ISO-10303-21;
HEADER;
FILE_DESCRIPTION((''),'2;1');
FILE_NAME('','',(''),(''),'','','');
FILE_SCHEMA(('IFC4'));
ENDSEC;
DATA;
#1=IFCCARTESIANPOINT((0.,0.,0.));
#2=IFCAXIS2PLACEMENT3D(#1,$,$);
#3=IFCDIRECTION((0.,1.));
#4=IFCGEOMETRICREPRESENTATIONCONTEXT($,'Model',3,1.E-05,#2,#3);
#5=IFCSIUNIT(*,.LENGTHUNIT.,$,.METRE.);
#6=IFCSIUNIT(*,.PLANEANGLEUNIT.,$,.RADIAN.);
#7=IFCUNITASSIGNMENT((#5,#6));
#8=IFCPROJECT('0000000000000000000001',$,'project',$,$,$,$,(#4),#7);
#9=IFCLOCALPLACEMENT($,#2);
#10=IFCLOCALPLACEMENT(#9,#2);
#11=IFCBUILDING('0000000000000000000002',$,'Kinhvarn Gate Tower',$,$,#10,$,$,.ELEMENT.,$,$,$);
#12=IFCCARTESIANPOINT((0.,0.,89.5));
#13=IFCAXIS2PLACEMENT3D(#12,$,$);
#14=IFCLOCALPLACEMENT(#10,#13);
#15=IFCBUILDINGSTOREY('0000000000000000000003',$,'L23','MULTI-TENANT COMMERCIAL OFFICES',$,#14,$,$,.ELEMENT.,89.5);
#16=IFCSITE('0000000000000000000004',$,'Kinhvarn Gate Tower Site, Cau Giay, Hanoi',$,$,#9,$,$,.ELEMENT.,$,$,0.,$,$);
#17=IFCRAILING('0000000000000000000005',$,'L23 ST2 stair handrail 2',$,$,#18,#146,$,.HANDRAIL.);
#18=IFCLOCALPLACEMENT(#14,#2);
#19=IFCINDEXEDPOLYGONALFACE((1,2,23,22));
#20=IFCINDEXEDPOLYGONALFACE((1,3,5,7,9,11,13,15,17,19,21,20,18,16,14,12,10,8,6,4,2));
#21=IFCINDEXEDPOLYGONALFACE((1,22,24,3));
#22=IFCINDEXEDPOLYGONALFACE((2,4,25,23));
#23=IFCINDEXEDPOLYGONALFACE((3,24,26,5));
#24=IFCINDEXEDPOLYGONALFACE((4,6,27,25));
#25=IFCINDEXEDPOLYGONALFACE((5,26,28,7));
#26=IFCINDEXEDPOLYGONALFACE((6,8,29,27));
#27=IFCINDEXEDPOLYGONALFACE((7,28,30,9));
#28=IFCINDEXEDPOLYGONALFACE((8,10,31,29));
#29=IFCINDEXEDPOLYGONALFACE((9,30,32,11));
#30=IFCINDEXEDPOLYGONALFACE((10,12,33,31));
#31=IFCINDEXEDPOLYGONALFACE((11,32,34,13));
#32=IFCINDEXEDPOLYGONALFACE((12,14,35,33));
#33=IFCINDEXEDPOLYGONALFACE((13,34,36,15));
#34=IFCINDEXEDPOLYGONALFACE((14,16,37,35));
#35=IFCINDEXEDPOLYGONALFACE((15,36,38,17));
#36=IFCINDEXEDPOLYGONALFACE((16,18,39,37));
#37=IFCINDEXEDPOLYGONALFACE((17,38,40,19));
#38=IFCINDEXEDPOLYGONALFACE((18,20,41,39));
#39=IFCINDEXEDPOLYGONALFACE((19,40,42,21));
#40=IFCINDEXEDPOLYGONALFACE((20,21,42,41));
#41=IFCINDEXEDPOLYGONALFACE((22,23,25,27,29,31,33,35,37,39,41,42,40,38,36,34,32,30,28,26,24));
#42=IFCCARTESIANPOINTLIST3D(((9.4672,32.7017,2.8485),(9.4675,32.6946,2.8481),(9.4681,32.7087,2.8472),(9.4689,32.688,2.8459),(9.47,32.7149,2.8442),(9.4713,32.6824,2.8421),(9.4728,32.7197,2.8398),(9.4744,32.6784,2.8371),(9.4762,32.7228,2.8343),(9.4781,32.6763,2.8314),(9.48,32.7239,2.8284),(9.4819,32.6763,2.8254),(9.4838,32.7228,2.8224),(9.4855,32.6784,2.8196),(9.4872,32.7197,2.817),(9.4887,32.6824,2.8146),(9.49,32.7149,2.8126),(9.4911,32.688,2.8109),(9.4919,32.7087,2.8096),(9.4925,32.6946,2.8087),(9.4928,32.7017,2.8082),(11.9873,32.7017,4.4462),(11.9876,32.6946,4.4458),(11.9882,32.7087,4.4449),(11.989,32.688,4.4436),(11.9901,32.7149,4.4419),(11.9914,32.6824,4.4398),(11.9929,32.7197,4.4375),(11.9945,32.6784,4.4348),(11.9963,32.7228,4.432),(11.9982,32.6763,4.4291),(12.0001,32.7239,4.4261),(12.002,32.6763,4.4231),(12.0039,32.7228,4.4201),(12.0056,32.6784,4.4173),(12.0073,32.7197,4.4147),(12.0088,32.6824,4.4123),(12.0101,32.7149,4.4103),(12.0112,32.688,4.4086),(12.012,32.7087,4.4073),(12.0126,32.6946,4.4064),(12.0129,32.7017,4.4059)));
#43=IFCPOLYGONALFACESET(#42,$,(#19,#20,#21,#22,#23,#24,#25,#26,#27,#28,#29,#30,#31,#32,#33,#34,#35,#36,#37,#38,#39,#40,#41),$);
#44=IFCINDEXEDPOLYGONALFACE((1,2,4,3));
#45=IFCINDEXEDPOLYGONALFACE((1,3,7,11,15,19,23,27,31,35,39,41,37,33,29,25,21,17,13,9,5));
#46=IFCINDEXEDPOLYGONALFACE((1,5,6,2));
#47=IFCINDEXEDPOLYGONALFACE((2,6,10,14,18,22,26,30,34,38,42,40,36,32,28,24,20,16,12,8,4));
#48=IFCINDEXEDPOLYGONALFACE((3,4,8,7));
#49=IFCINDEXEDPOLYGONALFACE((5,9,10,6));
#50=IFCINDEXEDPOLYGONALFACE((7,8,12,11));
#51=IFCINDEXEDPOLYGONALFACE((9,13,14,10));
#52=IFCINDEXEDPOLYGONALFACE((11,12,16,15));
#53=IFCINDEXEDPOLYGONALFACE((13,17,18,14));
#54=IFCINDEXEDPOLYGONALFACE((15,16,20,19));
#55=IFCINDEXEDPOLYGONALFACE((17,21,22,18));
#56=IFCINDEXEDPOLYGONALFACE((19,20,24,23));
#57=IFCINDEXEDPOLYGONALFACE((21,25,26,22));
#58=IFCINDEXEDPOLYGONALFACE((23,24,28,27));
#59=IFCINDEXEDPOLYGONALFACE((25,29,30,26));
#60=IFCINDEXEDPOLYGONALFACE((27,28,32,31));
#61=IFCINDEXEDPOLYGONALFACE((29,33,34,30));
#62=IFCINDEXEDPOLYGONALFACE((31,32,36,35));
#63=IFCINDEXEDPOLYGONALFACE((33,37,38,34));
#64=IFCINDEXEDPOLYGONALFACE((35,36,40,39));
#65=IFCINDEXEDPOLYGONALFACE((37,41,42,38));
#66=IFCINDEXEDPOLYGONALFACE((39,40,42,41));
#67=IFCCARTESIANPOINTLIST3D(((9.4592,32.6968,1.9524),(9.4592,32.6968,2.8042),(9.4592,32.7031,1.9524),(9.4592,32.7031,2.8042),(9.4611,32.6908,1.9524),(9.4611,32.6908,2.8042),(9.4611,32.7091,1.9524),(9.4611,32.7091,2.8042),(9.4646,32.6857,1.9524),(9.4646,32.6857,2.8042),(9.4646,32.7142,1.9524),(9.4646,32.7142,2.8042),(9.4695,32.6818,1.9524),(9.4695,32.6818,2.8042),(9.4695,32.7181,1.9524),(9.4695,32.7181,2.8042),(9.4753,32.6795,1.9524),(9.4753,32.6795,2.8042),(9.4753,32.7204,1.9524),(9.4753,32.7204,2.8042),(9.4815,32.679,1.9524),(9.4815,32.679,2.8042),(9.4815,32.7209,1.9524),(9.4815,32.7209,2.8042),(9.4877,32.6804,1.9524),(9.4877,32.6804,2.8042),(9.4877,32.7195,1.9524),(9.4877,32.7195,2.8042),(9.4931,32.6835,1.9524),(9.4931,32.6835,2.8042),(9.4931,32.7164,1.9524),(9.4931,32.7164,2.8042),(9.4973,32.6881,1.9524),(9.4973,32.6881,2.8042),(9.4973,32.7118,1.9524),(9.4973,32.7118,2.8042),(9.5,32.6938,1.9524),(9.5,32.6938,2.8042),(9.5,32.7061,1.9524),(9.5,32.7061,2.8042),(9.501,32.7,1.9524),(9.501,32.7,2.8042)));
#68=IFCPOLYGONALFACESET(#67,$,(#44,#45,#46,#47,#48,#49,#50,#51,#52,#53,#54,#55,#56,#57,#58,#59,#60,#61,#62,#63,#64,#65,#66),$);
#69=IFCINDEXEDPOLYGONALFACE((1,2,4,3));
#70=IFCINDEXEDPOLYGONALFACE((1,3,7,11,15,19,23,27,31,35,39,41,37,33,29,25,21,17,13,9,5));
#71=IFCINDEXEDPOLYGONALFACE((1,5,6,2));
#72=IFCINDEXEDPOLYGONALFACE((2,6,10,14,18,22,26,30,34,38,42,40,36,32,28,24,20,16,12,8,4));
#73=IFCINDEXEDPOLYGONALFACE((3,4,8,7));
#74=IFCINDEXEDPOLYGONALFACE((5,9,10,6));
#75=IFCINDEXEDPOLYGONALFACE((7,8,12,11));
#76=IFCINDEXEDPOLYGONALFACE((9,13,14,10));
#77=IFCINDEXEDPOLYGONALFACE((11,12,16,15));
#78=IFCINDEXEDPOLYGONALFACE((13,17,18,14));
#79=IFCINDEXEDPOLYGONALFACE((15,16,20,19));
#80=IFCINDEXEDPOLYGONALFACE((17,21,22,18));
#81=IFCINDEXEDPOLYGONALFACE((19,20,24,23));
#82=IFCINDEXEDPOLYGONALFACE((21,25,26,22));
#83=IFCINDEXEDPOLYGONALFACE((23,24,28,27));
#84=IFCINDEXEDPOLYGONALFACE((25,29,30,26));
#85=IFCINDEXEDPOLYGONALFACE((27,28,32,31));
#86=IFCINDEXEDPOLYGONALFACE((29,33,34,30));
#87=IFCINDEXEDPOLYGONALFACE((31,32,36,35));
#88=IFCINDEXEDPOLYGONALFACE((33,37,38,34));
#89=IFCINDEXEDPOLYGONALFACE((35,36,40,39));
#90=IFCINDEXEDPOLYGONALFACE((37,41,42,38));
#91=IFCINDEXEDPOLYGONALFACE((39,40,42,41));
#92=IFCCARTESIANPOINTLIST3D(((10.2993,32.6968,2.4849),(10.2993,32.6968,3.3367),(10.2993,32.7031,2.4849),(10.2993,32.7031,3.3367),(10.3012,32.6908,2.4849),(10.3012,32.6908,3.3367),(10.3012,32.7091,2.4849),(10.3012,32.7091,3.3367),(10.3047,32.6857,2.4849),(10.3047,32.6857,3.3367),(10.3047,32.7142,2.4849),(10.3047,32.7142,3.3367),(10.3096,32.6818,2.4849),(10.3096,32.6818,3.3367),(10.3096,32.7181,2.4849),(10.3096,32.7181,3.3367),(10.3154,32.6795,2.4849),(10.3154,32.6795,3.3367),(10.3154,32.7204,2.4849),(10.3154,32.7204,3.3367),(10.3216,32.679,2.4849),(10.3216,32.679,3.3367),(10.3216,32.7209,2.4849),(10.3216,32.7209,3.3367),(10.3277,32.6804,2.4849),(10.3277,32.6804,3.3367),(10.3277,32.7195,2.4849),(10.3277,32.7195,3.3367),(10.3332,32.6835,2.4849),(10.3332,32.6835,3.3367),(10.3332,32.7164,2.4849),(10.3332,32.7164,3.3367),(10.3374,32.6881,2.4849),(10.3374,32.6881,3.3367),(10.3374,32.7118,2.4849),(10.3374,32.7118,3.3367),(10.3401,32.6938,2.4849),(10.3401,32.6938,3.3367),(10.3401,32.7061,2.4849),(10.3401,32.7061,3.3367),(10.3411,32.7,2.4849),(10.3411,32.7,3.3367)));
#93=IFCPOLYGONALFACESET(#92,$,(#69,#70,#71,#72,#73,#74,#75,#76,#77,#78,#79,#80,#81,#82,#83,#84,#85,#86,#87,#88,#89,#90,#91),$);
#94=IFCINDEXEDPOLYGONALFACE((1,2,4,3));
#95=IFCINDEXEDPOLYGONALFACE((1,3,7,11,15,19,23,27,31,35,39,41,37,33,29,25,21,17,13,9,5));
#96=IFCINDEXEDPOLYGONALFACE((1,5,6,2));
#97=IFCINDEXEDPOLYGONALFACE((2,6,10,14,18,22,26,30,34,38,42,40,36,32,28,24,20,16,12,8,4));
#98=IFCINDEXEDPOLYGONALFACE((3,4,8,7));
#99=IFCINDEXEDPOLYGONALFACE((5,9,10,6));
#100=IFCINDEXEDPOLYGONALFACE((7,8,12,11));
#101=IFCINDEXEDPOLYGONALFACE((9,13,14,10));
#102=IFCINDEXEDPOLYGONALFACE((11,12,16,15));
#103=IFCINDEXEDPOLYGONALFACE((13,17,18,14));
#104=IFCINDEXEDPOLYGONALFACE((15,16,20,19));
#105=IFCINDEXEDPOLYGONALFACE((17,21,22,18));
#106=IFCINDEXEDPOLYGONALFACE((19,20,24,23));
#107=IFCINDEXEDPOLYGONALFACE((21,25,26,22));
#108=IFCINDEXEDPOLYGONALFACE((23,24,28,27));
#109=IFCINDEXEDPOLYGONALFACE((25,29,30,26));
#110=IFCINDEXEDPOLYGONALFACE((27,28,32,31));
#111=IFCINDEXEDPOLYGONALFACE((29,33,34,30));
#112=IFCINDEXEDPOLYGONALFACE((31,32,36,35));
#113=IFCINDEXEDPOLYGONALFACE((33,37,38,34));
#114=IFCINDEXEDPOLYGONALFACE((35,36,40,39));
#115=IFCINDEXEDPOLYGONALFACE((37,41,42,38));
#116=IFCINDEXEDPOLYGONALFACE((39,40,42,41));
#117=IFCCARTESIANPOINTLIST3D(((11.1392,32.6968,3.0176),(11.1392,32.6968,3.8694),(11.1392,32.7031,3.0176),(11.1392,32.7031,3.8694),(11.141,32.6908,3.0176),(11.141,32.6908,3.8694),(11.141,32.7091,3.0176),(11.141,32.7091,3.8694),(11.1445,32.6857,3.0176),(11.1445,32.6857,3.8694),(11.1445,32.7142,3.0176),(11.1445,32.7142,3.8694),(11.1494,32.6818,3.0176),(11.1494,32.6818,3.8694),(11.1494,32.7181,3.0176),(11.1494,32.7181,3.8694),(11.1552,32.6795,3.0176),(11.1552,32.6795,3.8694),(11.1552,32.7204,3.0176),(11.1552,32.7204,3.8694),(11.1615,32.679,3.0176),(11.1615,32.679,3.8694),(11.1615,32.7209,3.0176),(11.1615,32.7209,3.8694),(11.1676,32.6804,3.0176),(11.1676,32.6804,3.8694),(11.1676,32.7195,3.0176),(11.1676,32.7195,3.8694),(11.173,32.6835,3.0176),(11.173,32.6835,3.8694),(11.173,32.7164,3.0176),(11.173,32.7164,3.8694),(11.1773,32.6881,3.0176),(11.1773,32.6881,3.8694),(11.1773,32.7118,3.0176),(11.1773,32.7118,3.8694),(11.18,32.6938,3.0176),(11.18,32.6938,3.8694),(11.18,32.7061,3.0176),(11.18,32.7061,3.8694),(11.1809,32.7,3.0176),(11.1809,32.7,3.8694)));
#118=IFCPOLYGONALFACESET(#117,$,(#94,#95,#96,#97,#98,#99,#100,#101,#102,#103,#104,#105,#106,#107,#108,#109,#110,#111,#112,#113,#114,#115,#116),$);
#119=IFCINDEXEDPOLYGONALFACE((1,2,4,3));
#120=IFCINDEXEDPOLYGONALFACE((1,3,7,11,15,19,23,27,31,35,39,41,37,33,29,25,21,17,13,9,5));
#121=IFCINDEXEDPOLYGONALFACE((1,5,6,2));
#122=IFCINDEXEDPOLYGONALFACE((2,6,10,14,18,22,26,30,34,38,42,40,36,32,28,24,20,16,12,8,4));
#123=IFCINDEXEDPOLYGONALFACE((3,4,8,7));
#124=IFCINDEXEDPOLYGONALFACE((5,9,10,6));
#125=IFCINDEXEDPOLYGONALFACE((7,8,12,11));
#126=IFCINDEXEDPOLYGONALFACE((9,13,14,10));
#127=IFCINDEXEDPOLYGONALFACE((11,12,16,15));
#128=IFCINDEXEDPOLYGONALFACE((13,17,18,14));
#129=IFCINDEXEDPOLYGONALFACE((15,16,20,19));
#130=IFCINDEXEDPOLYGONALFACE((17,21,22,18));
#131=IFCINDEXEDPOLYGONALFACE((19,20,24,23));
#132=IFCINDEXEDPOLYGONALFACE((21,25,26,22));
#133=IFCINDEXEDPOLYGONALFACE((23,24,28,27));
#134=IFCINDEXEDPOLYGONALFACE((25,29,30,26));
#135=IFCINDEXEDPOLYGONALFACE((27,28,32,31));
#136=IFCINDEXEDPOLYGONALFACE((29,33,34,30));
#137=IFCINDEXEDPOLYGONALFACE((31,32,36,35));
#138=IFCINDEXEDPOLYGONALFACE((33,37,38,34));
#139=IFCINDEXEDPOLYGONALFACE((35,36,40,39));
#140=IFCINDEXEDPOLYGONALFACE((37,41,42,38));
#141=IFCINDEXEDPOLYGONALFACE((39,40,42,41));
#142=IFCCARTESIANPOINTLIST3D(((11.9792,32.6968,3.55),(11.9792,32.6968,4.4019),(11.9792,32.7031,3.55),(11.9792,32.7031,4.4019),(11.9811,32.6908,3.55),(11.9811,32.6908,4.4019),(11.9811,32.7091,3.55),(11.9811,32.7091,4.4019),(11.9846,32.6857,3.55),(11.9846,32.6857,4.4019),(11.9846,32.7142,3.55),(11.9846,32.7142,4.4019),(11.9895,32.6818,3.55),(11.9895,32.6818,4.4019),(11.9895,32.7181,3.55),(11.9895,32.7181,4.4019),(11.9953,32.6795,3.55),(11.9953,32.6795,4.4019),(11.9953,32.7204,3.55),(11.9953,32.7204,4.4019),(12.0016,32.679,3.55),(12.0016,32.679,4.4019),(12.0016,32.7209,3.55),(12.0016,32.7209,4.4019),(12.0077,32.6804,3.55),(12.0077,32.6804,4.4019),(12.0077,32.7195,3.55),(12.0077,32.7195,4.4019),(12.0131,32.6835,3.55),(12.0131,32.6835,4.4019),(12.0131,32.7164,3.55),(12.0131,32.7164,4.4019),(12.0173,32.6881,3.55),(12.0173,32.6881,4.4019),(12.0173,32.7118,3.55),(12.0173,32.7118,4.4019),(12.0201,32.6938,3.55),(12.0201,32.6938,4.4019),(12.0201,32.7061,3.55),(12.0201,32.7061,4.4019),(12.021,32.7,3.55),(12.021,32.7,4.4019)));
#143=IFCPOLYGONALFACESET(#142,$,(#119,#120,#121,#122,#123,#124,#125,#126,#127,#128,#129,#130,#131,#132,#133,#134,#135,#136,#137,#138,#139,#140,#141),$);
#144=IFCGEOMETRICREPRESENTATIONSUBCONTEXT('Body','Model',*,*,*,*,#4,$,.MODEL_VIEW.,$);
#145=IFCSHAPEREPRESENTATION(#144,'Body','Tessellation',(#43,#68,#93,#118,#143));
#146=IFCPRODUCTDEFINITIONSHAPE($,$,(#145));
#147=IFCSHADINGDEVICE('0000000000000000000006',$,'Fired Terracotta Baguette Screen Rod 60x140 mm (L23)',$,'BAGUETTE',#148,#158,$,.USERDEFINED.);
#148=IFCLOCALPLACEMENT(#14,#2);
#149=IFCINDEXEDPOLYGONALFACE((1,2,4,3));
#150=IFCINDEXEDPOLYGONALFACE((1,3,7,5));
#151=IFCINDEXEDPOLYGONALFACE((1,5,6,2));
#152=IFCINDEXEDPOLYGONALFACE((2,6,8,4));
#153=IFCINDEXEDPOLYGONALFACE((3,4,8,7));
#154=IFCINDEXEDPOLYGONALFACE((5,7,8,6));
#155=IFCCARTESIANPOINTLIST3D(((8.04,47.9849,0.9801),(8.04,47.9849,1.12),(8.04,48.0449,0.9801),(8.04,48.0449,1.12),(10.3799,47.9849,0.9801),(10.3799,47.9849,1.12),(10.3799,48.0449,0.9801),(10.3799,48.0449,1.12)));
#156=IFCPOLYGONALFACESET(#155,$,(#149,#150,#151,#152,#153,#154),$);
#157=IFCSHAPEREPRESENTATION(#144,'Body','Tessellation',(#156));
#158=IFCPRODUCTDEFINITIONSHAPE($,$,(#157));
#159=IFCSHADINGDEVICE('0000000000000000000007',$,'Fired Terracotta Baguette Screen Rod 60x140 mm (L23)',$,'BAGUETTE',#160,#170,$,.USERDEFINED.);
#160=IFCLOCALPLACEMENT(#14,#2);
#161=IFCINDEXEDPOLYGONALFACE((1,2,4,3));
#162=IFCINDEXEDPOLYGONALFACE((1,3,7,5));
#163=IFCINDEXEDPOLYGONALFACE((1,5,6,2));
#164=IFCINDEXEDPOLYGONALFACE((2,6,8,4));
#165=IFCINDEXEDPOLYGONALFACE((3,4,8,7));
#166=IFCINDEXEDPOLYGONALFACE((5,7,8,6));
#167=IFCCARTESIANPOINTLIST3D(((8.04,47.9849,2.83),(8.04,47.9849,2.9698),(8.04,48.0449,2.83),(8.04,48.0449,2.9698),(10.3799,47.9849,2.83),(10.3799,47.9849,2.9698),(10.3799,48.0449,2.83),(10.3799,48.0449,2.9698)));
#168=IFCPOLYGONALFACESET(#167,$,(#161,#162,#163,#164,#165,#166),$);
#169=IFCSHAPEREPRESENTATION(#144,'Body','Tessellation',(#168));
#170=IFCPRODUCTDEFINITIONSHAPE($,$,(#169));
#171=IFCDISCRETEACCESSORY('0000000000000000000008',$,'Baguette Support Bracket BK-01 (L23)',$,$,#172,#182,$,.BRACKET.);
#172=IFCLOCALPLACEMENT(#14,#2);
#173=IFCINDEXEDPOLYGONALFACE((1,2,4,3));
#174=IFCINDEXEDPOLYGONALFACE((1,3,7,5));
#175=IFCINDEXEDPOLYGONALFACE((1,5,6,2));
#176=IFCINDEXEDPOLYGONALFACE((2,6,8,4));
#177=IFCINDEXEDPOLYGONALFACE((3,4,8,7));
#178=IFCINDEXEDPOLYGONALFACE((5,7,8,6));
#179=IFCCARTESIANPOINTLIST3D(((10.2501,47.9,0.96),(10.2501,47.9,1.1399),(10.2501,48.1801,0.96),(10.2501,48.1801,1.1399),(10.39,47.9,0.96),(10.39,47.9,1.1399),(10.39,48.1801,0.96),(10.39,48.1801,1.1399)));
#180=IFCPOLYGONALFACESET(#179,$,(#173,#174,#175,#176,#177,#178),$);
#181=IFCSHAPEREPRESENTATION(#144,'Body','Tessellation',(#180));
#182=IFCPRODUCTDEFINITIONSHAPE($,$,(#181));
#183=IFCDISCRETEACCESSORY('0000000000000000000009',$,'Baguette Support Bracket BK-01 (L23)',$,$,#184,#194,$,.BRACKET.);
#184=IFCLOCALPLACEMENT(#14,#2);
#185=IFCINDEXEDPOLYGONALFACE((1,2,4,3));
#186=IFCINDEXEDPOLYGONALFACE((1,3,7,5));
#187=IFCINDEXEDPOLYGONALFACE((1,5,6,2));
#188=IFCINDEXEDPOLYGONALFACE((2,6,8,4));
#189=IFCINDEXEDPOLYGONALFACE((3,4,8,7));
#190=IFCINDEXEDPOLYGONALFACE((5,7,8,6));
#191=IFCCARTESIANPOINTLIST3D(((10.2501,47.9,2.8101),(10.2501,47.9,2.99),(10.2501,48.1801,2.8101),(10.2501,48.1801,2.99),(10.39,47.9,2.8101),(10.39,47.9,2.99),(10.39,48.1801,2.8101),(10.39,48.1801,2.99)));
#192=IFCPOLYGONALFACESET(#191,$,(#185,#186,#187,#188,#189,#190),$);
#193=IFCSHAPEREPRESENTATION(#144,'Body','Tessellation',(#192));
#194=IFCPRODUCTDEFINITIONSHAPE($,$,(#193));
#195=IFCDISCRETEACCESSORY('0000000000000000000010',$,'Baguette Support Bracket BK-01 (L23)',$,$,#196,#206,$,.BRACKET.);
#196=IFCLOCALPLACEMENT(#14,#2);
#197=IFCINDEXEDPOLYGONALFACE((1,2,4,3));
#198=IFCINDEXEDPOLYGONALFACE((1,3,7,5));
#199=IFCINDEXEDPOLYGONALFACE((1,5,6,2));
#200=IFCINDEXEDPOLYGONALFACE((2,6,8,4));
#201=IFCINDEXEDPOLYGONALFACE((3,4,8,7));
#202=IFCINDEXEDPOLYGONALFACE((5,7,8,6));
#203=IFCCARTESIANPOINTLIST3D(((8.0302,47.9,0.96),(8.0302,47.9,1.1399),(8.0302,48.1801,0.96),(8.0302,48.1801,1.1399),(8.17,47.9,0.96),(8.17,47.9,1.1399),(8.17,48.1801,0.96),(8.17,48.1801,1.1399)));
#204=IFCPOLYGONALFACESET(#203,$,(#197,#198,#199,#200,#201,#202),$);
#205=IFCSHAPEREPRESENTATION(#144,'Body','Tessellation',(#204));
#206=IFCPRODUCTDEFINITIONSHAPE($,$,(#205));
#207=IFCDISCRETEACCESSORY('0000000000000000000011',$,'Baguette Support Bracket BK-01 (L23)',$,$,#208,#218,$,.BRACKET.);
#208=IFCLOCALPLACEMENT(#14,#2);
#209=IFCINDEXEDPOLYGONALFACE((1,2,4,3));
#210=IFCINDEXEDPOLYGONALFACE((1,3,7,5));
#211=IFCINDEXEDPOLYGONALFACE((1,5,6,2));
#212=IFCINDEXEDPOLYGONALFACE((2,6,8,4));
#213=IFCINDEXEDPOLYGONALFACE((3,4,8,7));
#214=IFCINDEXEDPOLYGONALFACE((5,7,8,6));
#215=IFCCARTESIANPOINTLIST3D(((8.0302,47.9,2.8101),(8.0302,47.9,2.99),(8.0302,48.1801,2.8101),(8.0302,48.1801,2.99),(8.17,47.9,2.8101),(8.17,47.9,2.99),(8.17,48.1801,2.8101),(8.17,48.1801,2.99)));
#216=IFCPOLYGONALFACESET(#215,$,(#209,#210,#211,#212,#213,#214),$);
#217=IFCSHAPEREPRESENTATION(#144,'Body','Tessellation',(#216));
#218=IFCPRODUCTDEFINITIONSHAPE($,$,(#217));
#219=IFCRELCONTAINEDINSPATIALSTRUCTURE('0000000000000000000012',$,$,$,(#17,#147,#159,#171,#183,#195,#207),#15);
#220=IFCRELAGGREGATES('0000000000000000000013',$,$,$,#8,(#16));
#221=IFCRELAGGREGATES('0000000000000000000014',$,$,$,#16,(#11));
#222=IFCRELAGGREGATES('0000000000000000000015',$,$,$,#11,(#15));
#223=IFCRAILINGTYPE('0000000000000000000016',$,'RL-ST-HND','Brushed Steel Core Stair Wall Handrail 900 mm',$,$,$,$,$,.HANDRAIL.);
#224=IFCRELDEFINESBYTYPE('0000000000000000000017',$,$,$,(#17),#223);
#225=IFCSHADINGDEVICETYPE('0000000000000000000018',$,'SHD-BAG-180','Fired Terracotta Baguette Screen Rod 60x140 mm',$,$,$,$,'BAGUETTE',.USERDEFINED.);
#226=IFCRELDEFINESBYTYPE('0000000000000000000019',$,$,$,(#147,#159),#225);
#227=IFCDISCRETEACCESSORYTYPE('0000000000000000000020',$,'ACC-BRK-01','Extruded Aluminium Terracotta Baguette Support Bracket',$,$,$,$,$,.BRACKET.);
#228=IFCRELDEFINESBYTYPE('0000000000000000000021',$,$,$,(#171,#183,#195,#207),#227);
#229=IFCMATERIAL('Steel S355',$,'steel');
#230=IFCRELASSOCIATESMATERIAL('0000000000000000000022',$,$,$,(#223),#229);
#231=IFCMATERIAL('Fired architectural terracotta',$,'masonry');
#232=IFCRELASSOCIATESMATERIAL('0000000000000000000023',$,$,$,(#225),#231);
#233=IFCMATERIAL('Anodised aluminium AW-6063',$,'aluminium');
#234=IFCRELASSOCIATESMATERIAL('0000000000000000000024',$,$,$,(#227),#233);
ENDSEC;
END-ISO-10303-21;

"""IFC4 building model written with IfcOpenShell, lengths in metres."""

from ifc_helpers import new_model, si_unit, direction, frame, origin, origin_2d, place, context, subcontext, project, spatial, rectangle, circle, extrude, material, material_profile, profile_set, type_object, element, save


model = new_model("IFC4")

# Units and contexts
model_context = context("Model", 3, precision=1e-05, world=origin(), true_north=direction((0.0, 1.0)))
body_context = subcontext(model_context, "Body", "Model", "MODEL_VIEW")
ifc_project = project(units=[si_unit("LENGTHUNIT", "METRE"), si_unit("PLANEANGLEUNIT", "RADIAN")], contexts=[model_context])

# Site, building, storey
site_placement = place(None, origin())
site = spatial("IfcSite", under=ifc_project, at=site_placement, Name="Kinhvarn Gate Tower Site, Cau Giay, Hanoi", CompositionType="ELEMENT", RefElevation=0.0)
building_placement = place(site_placement, origin())
building = spatial("IfcBuilding", under=site, at=building_placement, Name="Kinhvarn Gate Tower", CompositionType="ELEMENT")
storey_placement = place(building_placement, frame((0.0, 0.0, 89.5)))
storey = spatial("IfcBuildingStorey", under=building, at=storey_placement, Name="L23", Description="MULTI-TENANT COMMERCIAL OFFICES", CompositionType="ELEMENT", Elevation=89.5)

# Shared definitions
ifc_material_1 = material(Name="Anodised aluminium AW-6063", Category="aluminium")

# Shared definitions
ifc_material_2 = material(Name="Steel S355", Category="steel")

# Shared definitions
ifc_material_3 = material(Name="Fired architectural terracotta", Category="masonry")

# Railing
railing_type_1 = type_object("IfcRailingType", Name="RL-ST-HND", Description="Brushed Steel Core Stair Wall Handrail 900 mm", PredefinedType="HANDRAIL", material=ifc_material_2)
railing_1_placement = place(storey_placement, frame((9.48, 32.7, 1.9524)))
element("IfcRailing", 1, at=railing_1_placement, inside=storey, type_object=railing_type_1, Name="L23 ST2 stair handrail 2", PredefinedType="HANDRAIL", context=body_context, shape_type="SweptSolid", body=[
    extrude(circle(Radius=0.0239, at=origin_2d()), frame((0.0, 0.0, 0.876), z_axis=(0.84457, 0.0, 0.535445), x_axis=(0.0, 1.0, 0.0)), (0.0, 0.0, 1.0), 2.9839),
    extrude(circle(Radius=0.021, at=origin_2d()), origin(), (0.0, 0.0, 1.0), 0.8518),
    extrude(circle(Radius=0.021, at=origin_2d()), frame((0.8401, 0.0, 0.5325)), (0.0, 0.0, 1.0), 0.8518),
    extrude(circle(Radius=0.021, at=origin_2d()), frame((1.6799, 0.0, 1.0652)), (0.0, 0.0, 1.0), 0.8518),
    extrude(circle(Radius=0.021, at=origin_2d()), frame((2.52, 0.0, 1.5977)), (0.0, 0.0, 1.0), 0.8518),
])

# Shading devices
ifc_material_profile_1 = material_profile(ifc_material_3, rectangle(XDim=0.0601, YDim=0.1399, at=origin_2d()), Name="TC 60x140")
ifc_profile_set_1 = profile_set([ifc_material_profile_1], Name="Fired architectural terracotta")
shading_device_type = type_object("IfcShadingDeviceType", Name="SHD-BAG-180", Description="Fired Terracotta Baguette Screen Rod 60x140 mm", ElementType="BAGUETTE", PredefinedType="USERDEFINED", material=ifc_profile_set_1)
for number, where, z_axis, x_axis, name in (
    (2, (10.3799, 48.0149, 1.05), (-1.0, 0.0, 0.0), (0.0, -1.0, 0.0), "Fired Terracotta Baguette Screen Rod 60x140 mm (L23)"),
    (3, (10.3799, 48.0149, 2.8999), (-1.0, 0.0, 0.0), (0.0, -1.0, 0.0), "Fired Terracotta Baguette Screen Rod 60x140 mm (L23)"),
):
    element("IfcShadingDevice", number, at=place(storey_placement, frame(where, z_axis=z_axis, x_axis=x_axis)), inside=storey, type_object=shading_device_type, Name=name, ObjectType="BAGUETTE", PredefinedType="USERDEFINED", context=body_context, shape_type="SweptSolid", body=[
        extrude(rectangle(XDim=0.0601, YDim=0.1399, at=origin_2d()), origin(), (0.0, 0.0, 1.0), 2.3398),
    ])

# Discrete accessories
discrete_accessory_type = type_object("IfcDiscreteAccessoryType", Name="ACC-BRK-01", Description="Extruded Aluminium Terracotta Baguette Support Bracket", PredefinedType="BRACKET", material=ifc_material_1)
for number, where, z_axis, x_axis, name in (
    (4, (10.3201, 48.04, 0.96), (0.0, 0.0, 1.0), (-1.0, 0.0, 0.0), "Baguette Support Bracket BK-01 (L23)"),
    (5, (10.3201, 48.04, 2.8101), (0.0, 0.0, 1.0), (-1.0, 0.0, 0.0), "Baguette Support Bracket BK-01 (L23)"),
    (6, (8.1001, 48.04, 0.96), (0.0, 0.0, 1.0), (-1.0, 0.0, 0.0), "Baguette Support Bracket BK-01 (L23)"),
    (7, (8.1001, 48.04, 2.8101), (0.0, 0.0, 1.0), (-1.0, 0.0, 0.0), "Baguette Support Bracket BK-01 (L23)"),
):
    element("IfcDiscreteAccessory", number, at=place(storey_placement, frame(where, z_axis=z_axis, x_axis=x_axis)), inside=storey, type_object=discrete_accessory_type, Name=name, PredefinedType="BRACKET", context=body_context, shape_type="SweptSolid", body=[
        extrude(rectangle(XDim=0.1399, YDim=0.28, at=origin_2d()), origin(), (0.0, 0.0, 1.0), 0.1799),
    ])

save(model, "model.ifc")
